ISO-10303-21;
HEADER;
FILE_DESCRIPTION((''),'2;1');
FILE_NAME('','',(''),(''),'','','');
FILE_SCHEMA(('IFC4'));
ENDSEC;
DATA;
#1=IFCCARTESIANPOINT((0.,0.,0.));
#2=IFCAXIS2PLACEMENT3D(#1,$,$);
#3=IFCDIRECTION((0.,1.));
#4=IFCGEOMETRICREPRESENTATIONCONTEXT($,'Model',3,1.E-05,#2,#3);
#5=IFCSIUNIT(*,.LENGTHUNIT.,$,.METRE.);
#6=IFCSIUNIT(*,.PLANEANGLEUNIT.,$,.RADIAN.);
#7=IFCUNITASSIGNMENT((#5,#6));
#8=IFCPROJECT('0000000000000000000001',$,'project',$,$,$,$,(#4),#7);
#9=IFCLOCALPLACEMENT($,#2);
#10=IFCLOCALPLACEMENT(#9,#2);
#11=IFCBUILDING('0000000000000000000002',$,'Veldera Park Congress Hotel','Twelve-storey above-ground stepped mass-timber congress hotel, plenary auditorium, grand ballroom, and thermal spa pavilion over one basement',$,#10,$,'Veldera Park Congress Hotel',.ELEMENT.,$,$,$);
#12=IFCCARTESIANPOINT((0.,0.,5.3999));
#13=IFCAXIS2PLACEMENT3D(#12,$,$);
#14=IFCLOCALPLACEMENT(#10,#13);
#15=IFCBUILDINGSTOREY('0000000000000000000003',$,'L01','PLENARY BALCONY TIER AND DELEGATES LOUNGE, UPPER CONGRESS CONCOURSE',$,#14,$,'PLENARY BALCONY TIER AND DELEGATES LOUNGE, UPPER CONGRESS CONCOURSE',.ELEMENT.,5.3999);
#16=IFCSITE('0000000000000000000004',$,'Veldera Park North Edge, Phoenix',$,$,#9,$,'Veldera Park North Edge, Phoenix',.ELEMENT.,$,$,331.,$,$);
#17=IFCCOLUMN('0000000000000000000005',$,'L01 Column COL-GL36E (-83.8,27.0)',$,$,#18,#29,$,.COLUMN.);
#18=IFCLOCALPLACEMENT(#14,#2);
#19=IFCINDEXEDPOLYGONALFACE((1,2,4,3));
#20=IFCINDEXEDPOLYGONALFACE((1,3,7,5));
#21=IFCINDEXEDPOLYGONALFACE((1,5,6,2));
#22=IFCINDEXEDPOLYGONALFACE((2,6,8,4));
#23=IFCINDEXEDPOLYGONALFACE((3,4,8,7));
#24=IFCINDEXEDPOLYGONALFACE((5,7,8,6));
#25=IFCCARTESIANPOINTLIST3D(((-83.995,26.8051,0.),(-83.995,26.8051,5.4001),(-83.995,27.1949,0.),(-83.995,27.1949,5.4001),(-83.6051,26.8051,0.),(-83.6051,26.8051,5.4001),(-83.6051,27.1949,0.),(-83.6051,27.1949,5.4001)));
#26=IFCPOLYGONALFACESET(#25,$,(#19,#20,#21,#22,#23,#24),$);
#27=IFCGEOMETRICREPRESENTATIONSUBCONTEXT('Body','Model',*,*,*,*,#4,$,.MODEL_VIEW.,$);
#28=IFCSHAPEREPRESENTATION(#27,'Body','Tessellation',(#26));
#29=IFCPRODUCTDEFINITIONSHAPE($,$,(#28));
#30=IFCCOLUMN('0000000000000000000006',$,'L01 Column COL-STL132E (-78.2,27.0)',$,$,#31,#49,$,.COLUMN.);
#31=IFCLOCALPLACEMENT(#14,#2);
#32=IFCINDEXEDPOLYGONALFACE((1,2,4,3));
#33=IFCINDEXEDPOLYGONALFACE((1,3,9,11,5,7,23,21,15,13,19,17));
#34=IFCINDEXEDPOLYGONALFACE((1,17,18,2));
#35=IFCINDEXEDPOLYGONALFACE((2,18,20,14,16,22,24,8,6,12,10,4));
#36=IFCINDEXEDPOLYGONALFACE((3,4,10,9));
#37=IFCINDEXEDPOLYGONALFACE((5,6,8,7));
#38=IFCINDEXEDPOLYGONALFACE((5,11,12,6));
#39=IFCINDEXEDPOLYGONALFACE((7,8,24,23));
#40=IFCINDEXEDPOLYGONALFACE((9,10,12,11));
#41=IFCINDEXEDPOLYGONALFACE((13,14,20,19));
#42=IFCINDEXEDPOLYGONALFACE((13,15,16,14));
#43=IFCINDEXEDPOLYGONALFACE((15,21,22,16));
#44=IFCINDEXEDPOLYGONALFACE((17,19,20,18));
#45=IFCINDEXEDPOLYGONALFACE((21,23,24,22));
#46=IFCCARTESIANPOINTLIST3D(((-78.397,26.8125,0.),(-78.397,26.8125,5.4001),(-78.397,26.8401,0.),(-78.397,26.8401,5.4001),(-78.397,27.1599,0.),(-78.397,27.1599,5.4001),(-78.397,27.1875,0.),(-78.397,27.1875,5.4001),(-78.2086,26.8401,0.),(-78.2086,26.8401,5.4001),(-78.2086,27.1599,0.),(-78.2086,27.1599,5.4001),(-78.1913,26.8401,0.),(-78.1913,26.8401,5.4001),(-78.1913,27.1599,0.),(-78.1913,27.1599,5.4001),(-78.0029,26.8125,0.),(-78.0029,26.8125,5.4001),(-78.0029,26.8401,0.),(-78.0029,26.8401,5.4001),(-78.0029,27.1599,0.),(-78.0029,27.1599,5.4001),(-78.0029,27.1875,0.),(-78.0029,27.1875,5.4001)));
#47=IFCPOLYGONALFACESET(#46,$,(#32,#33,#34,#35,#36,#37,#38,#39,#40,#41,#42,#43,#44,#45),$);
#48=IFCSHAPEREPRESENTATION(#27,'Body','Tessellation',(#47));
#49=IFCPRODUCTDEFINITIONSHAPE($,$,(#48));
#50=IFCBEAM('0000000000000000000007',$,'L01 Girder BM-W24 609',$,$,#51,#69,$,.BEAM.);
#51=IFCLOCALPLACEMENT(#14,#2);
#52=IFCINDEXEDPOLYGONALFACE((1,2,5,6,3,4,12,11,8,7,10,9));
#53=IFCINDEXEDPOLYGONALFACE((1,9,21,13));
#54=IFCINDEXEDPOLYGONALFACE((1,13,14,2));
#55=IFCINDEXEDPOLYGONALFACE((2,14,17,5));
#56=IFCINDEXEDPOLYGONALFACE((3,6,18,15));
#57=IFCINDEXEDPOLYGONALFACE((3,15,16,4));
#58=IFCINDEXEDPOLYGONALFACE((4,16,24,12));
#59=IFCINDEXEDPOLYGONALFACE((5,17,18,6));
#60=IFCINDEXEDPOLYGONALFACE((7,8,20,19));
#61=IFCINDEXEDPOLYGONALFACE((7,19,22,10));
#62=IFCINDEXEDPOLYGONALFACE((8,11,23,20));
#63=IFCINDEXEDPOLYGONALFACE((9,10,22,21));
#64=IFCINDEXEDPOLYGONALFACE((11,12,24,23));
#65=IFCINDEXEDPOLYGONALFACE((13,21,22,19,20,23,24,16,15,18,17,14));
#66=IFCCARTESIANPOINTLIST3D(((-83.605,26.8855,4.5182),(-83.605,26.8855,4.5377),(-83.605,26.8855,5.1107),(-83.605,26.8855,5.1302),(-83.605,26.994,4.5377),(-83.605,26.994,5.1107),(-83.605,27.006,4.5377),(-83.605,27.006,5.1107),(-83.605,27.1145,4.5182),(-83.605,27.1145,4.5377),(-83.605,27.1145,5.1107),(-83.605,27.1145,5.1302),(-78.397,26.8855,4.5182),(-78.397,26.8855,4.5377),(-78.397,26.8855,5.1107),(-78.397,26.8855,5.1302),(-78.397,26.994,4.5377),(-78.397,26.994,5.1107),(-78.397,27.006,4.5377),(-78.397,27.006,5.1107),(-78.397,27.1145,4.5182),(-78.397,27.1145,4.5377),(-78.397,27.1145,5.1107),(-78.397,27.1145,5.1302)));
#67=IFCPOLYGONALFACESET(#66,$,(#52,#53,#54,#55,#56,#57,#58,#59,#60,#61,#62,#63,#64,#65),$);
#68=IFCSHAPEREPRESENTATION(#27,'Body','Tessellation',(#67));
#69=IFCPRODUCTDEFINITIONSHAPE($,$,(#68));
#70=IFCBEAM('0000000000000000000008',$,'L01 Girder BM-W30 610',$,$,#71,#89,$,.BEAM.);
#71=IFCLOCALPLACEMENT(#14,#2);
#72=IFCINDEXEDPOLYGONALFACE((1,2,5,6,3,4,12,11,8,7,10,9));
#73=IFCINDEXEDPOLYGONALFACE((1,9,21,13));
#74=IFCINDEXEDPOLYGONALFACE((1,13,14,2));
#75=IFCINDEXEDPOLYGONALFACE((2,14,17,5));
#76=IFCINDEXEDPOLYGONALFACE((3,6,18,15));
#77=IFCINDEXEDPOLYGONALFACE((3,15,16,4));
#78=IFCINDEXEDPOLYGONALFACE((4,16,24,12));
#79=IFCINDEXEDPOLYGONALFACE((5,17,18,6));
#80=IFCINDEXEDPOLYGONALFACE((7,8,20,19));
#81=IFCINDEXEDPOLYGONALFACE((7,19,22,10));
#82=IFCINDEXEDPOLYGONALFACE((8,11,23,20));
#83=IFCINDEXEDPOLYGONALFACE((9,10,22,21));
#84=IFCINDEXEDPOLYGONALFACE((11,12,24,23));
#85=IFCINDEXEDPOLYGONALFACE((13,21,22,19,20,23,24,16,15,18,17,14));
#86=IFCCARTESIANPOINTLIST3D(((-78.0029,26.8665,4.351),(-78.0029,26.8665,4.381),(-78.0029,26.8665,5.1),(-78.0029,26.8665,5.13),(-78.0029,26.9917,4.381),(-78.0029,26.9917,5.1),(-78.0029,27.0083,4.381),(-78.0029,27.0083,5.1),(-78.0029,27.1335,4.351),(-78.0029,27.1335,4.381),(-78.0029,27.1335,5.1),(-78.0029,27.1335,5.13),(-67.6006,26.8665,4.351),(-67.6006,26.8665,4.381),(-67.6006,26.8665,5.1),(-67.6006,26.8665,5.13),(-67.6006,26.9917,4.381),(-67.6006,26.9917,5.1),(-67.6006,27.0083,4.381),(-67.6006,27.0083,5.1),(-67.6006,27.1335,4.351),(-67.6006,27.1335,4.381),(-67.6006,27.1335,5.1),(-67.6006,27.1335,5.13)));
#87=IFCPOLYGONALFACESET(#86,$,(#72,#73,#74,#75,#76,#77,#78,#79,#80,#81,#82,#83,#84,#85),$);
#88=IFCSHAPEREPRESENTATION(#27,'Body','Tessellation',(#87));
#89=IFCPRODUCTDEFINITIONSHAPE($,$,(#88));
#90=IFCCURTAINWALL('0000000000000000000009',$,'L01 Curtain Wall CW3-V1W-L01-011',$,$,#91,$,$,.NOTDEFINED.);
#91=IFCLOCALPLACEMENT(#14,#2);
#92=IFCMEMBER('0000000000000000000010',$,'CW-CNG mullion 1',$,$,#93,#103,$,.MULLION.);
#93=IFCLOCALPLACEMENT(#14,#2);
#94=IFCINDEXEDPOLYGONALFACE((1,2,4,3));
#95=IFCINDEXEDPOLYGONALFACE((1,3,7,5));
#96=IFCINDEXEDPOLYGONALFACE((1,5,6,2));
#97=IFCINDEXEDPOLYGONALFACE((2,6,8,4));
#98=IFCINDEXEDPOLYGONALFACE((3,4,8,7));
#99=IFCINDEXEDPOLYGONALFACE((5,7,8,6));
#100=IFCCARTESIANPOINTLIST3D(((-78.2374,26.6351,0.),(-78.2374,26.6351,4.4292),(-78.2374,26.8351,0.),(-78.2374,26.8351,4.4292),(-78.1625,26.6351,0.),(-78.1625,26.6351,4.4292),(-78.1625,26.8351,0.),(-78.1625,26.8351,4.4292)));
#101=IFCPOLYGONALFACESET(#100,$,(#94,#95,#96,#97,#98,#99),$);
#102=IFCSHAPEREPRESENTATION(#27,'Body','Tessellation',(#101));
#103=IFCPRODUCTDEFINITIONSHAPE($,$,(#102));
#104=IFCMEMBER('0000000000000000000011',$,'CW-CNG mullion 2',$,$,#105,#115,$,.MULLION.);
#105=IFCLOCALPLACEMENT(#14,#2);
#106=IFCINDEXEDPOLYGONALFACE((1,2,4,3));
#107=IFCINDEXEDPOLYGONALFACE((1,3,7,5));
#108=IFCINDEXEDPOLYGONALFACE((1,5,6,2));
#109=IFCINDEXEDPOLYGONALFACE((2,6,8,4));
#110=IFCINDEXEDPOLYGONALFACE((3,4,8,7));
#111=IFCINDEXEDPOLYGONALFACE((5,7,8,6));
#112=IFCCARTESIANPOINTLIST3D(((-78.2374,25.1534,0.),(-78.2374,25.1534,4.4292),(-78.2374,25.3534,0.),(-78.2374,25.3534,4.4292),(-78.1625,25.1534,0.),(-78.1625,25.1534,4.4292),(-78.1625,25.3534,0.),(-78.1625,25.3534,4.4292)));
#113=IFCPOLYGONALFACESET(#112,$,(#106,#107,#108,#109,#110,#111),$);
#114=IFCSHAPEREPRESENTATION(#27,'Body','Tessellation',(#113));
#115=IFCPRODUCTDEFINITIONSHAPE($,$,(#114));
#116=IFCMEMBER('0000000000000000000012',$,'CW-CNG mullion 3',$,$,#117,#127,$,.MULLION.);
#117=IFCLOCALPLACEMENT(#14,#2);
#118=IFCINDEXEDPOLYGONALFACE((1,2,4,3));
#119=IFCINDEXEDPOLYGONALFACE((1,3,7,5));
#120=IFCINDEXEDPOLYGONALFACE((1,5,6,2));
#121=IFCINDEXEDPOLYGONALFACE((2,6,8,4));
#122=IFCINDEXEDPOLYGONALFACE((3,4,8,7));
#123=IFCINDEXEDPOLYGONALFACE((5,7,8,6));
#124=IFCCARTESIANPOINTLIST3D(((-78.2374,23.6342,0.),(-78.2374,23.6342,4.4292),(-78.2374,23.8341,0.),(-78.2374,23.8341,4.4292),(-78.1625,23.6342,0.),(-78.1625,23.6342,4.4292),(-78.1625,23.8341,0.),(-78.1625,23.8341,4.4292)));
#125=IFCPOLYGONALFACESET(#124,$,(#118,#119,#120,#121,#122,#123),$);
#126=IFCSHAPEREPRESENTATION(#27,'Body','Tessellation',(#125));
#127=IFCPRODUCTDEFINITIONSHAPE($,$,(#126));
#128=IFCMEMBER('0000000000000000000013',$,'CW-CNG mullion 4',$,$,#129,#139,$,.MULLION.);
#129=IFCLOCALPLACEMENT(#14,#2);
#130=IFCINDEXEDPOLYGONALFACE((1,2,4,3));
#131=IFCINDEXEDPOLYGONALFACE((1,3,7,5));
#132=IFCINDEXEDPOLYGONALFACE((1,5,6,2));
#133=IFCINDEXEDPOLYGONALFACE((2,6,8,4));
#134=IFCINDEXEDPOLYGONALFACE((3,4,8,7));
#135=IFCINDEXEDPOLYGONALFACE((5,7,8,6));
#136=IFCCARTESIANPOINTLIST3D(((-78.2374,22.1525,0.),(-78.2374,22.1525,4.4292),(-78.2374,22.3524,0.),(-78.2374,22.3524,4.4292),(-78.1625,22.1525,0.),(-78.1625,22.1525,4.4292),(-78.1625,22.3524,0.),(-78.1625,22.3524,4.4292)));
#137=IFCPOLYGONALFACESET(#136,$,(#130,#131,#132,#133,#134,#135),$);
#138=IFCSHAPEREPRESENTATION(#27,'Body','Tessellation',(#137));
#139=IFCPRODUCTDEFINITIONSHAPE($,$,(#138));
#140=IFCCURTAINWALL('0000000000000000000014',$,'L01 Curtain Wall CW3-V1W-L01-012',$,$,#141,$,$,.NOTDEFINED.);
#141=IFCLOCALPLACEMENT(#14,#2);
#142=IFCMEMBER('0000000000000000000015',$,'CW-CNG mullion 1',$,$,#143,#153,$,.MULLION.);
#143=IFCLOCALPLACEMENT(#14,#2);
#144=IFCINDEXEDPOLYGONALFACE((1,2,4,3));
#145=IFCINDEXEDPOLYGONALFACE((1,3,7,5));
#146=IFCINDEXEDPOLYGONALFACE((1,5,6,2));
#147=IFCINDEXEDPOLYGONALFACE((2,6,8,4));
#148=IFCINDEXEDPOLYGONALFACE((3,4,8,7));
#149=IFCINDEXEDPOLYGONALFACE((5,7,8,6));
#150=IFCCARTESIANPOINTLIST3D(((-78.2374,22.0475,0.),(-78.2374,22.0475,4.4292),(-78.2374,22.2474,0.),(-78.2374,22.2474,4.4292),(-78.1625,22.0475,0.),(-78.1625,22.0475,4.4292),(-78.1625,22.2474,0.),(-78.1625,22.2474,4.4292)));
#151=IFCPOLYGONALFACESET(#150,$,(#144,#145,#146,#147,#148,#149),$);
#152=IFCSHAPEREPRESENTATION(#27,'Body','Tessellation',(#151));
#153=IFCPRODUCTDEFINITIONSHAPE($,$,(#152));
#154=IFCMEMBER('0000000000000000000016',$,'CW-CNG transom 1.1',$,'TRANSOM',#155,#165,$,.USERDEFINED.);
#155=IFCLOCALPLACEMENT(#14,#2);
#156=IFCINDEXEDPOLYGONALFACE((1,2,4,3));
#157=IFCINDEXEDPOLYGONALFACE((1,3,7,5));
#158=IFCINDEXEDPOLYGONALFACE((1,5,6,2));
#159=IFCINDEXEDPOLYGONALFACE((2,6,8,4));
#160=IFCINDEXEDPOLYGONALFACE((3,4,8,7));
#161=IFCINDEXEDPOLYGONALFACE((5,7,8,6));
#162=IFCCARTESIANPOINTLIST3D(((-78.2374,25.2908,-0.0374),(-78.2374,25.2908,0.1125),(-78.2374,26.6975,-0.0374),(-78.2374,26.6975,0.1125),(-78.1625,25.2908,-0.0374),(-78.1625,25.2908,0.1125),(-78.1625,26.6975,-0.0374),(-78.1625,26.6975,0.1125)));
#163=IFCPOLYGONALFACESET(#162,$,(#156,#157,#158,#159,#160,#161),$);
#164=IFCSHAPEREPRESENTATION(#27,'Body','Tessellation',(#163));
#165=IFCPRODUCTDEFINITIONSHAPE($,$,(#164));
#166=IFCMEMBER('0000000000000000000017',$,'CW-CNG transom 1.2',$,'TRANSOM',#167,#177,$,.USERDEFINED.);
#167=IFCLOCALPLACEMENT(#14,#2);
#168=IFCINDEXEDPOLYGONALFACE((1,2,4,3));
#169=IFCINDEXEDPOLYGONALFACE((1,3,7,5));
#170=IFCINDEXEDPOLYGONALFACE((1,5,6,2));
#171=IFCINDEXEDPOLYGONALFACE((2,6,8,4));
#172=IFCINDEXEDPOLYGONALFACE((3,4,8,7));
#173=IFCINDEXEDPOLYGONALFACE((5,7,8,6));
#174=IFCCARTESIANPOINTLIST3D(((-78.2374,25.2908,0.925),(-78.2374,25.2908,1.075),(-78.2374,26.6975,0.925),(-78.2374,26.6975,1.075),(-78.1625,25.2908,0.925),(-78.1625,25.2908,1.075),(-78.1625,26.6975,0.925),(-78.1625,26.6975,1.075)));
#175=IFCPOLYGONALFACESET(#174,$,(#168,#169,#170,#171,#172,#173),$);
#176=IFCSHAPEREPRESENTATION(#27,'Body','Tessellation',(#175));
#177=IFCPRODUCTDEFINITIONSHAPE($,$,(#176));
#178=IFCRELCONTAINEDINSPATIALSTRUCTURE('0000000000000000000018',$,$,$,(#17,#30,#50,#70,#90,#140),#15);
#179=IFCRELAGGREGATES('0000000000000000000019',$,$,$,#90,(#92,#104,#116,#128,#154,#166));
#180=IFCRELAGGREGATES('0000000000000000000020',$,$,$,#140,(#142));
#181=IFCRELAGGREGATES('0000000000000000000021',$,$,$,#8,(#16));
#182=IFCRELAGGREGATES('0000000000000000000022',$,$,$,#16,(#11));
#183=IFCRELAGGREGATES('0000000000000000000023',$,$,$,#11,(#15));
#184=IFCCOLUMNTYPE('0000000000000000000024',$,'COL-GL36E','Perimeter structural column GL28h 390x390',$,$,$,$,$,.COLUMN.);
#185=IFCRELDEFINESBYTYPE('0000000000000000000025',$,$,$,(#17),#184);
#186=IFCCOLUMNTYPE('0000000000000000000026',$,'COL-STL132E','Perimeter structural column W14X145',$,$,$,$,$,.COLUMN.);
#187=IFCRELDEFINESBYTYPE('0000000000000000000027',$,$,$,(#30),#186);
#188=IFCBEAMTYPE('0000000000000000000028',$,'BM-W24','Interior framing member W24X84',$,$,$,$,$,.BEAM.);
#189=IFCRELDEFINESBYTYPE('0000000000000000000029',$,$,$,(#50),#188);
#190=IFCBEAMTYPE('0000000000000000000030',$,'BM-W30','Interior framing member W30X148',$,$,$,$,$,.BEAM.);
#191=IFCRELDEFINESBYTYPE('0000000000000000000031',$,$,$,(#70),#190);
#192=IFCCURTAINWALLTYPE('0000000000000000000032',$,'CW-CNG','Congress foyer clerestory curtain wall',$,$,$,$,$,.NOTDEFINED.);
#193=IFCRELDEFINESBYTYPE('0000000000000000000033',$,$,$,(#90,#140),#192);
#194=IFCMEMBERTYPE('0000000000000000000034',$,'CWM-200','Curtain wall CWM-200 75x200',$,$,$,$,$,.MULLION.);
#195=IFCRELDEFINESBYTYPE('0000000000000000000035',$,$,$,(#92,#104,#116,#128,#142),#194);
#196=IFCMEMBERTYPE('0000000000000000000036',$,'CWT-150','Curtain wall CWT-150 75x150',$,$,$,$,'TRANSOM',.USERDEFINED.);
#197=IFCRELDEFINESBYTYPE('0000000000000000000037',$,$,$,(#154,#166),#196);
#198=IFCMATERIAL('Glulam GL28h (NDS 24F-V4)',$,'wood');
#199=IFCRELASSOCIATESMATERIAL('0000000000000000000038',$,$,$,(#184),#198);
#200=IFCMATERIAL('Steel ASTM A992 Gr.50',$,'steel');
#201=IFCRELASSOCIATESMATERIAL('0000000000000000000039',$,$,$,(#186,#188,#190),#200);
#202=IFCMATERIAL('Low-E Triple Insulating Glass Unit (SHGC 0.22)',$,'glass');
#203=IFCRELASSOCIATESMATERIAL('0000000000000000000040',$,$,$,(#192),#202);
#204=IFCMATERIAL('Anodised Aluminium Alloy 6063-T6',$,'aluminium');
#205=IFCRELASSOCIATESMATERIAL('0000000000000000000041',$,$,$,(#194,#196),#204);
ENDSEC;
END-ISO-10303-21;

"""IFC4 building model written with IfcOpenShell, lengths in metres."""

from ifc_helpers import new_model, si_unit, direction, frame, origin, origin_2d, place, context, subcontext, project, spatial, rectangle, i_section, extrude, material, material_profile, profile_set, type_object, element, aggregate, save


model = new_model("IFC4")

# Units and contexts
model_context = context("Model", 3, precision=1e-05, world=origin(), true_north=direction((0.0, 1.0)))
body_context = subcontext(model_context, "Body", "Model", "MODEL_VIEW")
ifc_project = project(units=[si_unit("LENGTHUNIT", "METRE"), si_unit("PLANEANGLEUNIT", "RADIAN")], contexts=[model_context])

# Site, building, storey
site_placement = place(None, origin())
site = spatial("IfcSite", under=ifc_project, at=site_placement, Name="Veldera Park North Edge, Phoenix", LongName="Veldera Park North Edge, Phoenix", CompositionType="ELEMENT", RefElevation=331.0)
building_placement = place(site_placement, origin())
building = spatial("IfcBuilding", under=site, at=building_placement, Name="Veldera Park Congress Hotel", Description="Twelve-storey above-ground stepped mass-timber congress hotel, plenary auditorium, grand ballroom, and thermal spa pavilion over one basement", LongName="Veldera Park Congress Hotel", CompositionType="ELEMENT")
storey_placement = place(building_placement, frame((0.0, 0.0, 5.3999)))
storey = spatial("IfcBuildingStorey", under=building, at=storey_placement, Name="L01", Description="PLENARY BALCONY TIER AND DELEGATES LOUNGE, UPPER CONGRESS CONCOURSE", LongName="PLENARY BALCONY TIER AND DELEGATES LOUNGE, UPPER CONGRESS CONCOURSE", CompositionType="ELEMENT", Elevation=5.3999)

# Columns
ifc_material_1 = material(Name="Glulam GL28h (NDS 24F-V4)", Category="wood")
ifc_material_profile_1 = material_profile(ifc_material_1, rectangle(XDim=0.3899, YDim=0.3899, at=origin_2d()), Name="GL28h 390x390")
ifc_profile_set_1 = profile_set([ifc_material_profile_1], Name="Glulam GL28h (NDS 24F-V4)")
column_type_1 = type_object("IfcColumnType", Name="COL-GL36E", Description="Perimeter structural column GL28h 390x390", PredefinedType="COLUMN", material=ifc_profile_set_1)
column_1_placement = place(storey_placement, frame((-83.8, 27.0, 0.0), z_axis=(0.0, 0.0, 1.0), x_axis=(1.0, 0.0, 0.0)))
element("IfcColumn", 1, at=column_1_placement, inside=storey, type_object=column_type_1, Name="L01 Column COL-GL36E (-83.8,27.0)", PredefinedType="COLUMN", context=body_context, shape_type="SweptSolid", body=[
    extrude(rectangle(XDim=0.3899, YDim=0.3899, at=origin_2d()), origin(), (0.0, 0.0, 1.0), 5.4001),
])
ifc_material_2 = material(Name="Steel ASTM A992 Gr.50", Category="steel")
ifc_material_profile_2 = material_profile(ifc_material_2, i_section(OverallWidth=0.394, OverallDepth=0.375, WebThickness=0.0173, FlangeThickness=0.0276, at=origin_2d()), Name="W14X145")
ifc_profile_set_2 = profile_set([ifc_material_profile_2], Name="Steel ASTM A992 Gr.50")
column_type_2 = type_object("IfcColumnType", Name="COL-STL132E", Description="Perimeter structural column W14X145", PredefinedType="COLUMN", material=ifc_profile_set_2)
column_2_placement = place(storey_placement, frame((-78.2, 27.0, 0.0), z_axis=(0.0, 0.0, 1.0), x_axis=(1.0, 0.0, 0.0)))
element("IfcColumn", 2, at=column_2_placement, inside=storey, type_object=column_type_2, Name="L01 Column COL-STL132E (-78.2,27.0)", PredefinedType="COLUMN", context=body_context, shape_type="SweptSolid", body=[
    extrude(i_section(OverallWidth=0.394, OverallDepth=0.375, WebThickness=0.0173, FlangeThickness=0.0276, at=origin_2d()), origin(), (0.0, 0.0, 1.0), 5.4001),
])

# Beams
ifc_material_profile_3 = material_profile(ifc_material_2, i_section(OverallWidth=0.229, OverallDepth=0.6121, WebThickness=0.012, FlangeThickness=0.0195, at=origin_2d()), Name="W24X84")
ifc_profile_set_3 = profile_set([ifc_material_profile_3], Name="Steel ASTM A992 Gr.50")
beam_type_1 = type_object("IfcBeamType", Name="BM-W24", Description="Interior framing member W24X84", PredefinedType="BEAM", material=ifc_profile_set_3)
beam_1_placement = place(storey_placement, frame((-83.605, 27.0, 4.8242), z_axis=(1.0, 0.0, 0.0), x_axis=(0.0, 1.0, 0.0)))
element("IfcBeam", 3, at=beam_1_placement, inside=storey, type_object=beam_type_1, Name="L01 Girder BM-W24 609", PredefinedType="BEAM", context=body_context, shape_type="SweptSolid", body=[
    extrude(i_section(OverallWidth=0.229, OverallDepth=0.6121, WebThickness=0.012, FlangeThickness=0.0195, at=origin_2d()), origin(), (0.0, 0.0, 1.0), 5.208),
])
ifc_material_profile_4 = material_profile(ifc_material_2, i_section(OverallWidth=0.2671, OverallDepth=0.7791, WebThickness=0.0166, FlangeThickness=0.03, at=origin_2d()), Name="W30X148")
ifc_profile_set_4 = profile_set([ifc_material_profile_4], Name="Steel ASTM A992 Gr.50")
beam_type_2 = type_object("IfcBeamType", Name="BM-W30", Description="Interior framing member W30X148", PredefinedType="BEAM", material=ifc_profile_set_4)
beam_2_placement = place(storey_placement, frame((-78.0029, 27.0, 4.7405), z_axis=(1.0, 0.0, 0.0), x_axis=(0.0, 1.0, 0.0)))
element("IfcBeam", 4, at=beam_2_placement, inside=storey, type_object=beam_type_2, Name="L01 Girder BM-W30 610", PredefinedType="BEAM", context=body_context, shape_type="SweptSolid", body=[
    extrude(i_section(OverallWidth=0.2671, OverallDepth=0.7791, WebThickness=0.0166, FlangeThickness=0.03, at=origin_2d()), origin(), (0.0, 0.0, 1.0), 10.4023),
])

# Curtain wall, members
ifc_material_3 = material(Name="Low-E Triple Insulating Glass Unit (SHGC 0.22)", Category="glass")
curtain_wall_type = type_object("IfcCurtainWallType", Name="CW-CNG", Description="Congress foyer clerestory curtain wall", PredefinedType="NOTDEFINED", material=ifc_material_3)
curtain_wall_1_placement = place(storey_placement, origin())
curtain_wall_1 = element("IfcCurtainWall", 5, at=curtain_wall_1_placement, inside=storey, type_object=curtain_wall_type, Name="L01 Curtain Wall CW3-V1W-L01-011", PredefinedType="NOTDEFINED")
ifc_material_4 = material(Name="Anodised Aluminium Alloy 6063-T6", Category="aluminium")
ifc_material_profile_5 = material_profile(ifc_material_4, rectangle(XDim=0.075, YDim=0.2, at=origin_2d()), Name="ALU 75x200")
ifc_profile_set_5 = profile_set([ifc_material_profile_5], Name="Anodised Aluminium Alloy 6063-T6")
member_type_1 = type_object("IfcMemberType", Name="CWM-200", Description="Curtain wall CWM-200 75x200", PredefinedType="MULLION", material=ifc_profile_set_5)
member_1_placement = place(storey_placement, frame((-78.2, 26.7351, 0.0), z_axis=(0.0, 0.0, 1.0), x_axis=(1.0, 0.0, 0.0)))
member_1 = element("IfcMember", 6, at=member_1_placement, type_object=member_type_1, Name="CW-CNG mullion 1", PredefinedType="MULLION", context=body_context, shape_type="SweptSolid", body=[
    extrude(rectangle(XDim=0.075, YDim=0.2, at=origin_2d()), origin(), (0.0, 0.0, 1.0), 4.4292),
])
member_2_placement = place(storey_placement, frame((-78.2, 25.2534, 0.0), z_axis=(0.0, 0.0, 1.0), x_axis=(1.0, 0.0, 0.0)))
member_2 = element("IfcMember", 7, at=member_2_placement, type_object=member_type_1, Name="CW-CNG mullion 2", PredefinedType="MULLION", context=body_context, shape_type="SweptSolid", body=[
    extrude(rectangle(XDim=0.075, YDim=0.2, at=origin_2d()), origin(), (0.0, 0.0, 1.0), 4.4292),
])
member_3_placement = place(storey_placement, frame((-78.2, 23.7341, 0.0), z_axis=(0.0, 0.0, 1.0), x_axis=(1.0, 0.0, 0.0)))
member_3 = element("IfcMember", 8, at=member_3_placement, type_object=member_type_1, Name="CW-CNG mullion 3", PredefinedType="MULLION", context=body_context, shape_type="SweptSolid", body=[
    extrude(rectangle(XDim=0.075, YDim=0.2, at=origin_2d()), origin(), (0.0, 0.0, 1.0), 4.4292),
])
member_4_placement = place(storey_placement, frame((-78.2, 22.2524, 0.0), z_axis=(0.0, 0.0, 1.0), x_axis=(1.0, 0.0, 0.0)))
member_4 = element("IfcMember", 9, at=member_4_placement, type_object=member_type_1, Name="CW-CNG mullion 4", PredefinedType="MULLION", context=body_context, shape_type="SweptSolid", body=[
    extrude(rectangle(XDim=0.075, YDim=0.2, at=origin_2d()), origin(), (0.0, 0.0, 1.0), 4.4292),
])

# Curtain wall, member
curtain_wall_2_placement = place(storey_placement, origin())
curtain_wall_2 = element("IfcCurtainWall", 10, at=curtain_wall_2_placement, inside=storey, type_object=curtain_wall_type, Name="L01 Curtain Wall CW3-V1W-L01-012", PredefinedType="NOTDEFINED")
member_5_placement = place(storey_placement, frame((-78.2, 22.1475, 0.0), z_axis=(0.0, 0.0, 1.0), x_axis=(1.0, 0.0, 0.0)))
member_5 = element("IfcMember", 11, at=member_5_placement, type_object=member_type_1, Name="CW-CNG mullion 1", PredefinedType="MULLION", context=body_context, shape_type="SweptSolid", body=[
    extrude(rectangle(XDim=0.075, YDim=0.2, at=origin_2d()), origin(), (0.0, 0.0, 1.0), 4.4292),
])

# Members
ifc_material_profile_6 = material_profile(ifc_material_4, rectangle(XDim=0.075, YDim=0.1499, at=origin_2d()), Name="ALU 75x150")
ifc_profile_set_6 = profile_set([ifc_material_profile_6], Name="Anodised Aluminium Alloy 6063-T6")
member_type_2 = type_object("IfcMemberType", Name="CWT-150", Description="Curtain wall CWT-150 75x150", ElementType="TRANSOM", PredefinedType="USERDEFINED", material=ifc_profile_set_6)
member_6_placement = place(storey_placement, frame((-78.2, 26.6975, 0.0376), z_axis=(0.0, -1.0, 0.0), x_axis=(1.0, 0.0, 0.0)))
member_6 = element("IfcMember", 12, at=member_6_placement, type_object=member_type_2, Name="CW-CNG transom 1.1", ObjectType="TRANSOM", PredefinedType="USERDEFINED", context=body_context, shape_type="SweptSolid", body=[
    extrude(rectangle(XDim=0.075, YDim=0.1499, at=origin_2d()), origin(), (0.0, 0.0, 1.0), 1.4067),
])
member_7_placement = place(storey_placement, frame((-78.2, 26.6975, 1.0), z_axis=(0.0, -1.0, 0.0), x_axis=(1.0, 0.0, 0.0)))
member_7 = element("IfcMember", 13, at=member_7_placement, type_object=member_type_2, Name="CW-CNG transom 1.2", ObjectType="TRANSOM", PredefinedType="USERDEFINED", context=body_context, shape_type="SweptSolid", body=[
    extrude(rectangle(XDim=0.075, YDim=0.1499, at=origin_2d()), origin(), (0.0, 0.0, 1.0), 1.4067),
])

aggregate(curtain_wall_1, [member_1, member_2, member_3, member_4, member_6, member_7])
aggregate(curtain_wall_2, [member_5])

save(model, "model.ifc")
